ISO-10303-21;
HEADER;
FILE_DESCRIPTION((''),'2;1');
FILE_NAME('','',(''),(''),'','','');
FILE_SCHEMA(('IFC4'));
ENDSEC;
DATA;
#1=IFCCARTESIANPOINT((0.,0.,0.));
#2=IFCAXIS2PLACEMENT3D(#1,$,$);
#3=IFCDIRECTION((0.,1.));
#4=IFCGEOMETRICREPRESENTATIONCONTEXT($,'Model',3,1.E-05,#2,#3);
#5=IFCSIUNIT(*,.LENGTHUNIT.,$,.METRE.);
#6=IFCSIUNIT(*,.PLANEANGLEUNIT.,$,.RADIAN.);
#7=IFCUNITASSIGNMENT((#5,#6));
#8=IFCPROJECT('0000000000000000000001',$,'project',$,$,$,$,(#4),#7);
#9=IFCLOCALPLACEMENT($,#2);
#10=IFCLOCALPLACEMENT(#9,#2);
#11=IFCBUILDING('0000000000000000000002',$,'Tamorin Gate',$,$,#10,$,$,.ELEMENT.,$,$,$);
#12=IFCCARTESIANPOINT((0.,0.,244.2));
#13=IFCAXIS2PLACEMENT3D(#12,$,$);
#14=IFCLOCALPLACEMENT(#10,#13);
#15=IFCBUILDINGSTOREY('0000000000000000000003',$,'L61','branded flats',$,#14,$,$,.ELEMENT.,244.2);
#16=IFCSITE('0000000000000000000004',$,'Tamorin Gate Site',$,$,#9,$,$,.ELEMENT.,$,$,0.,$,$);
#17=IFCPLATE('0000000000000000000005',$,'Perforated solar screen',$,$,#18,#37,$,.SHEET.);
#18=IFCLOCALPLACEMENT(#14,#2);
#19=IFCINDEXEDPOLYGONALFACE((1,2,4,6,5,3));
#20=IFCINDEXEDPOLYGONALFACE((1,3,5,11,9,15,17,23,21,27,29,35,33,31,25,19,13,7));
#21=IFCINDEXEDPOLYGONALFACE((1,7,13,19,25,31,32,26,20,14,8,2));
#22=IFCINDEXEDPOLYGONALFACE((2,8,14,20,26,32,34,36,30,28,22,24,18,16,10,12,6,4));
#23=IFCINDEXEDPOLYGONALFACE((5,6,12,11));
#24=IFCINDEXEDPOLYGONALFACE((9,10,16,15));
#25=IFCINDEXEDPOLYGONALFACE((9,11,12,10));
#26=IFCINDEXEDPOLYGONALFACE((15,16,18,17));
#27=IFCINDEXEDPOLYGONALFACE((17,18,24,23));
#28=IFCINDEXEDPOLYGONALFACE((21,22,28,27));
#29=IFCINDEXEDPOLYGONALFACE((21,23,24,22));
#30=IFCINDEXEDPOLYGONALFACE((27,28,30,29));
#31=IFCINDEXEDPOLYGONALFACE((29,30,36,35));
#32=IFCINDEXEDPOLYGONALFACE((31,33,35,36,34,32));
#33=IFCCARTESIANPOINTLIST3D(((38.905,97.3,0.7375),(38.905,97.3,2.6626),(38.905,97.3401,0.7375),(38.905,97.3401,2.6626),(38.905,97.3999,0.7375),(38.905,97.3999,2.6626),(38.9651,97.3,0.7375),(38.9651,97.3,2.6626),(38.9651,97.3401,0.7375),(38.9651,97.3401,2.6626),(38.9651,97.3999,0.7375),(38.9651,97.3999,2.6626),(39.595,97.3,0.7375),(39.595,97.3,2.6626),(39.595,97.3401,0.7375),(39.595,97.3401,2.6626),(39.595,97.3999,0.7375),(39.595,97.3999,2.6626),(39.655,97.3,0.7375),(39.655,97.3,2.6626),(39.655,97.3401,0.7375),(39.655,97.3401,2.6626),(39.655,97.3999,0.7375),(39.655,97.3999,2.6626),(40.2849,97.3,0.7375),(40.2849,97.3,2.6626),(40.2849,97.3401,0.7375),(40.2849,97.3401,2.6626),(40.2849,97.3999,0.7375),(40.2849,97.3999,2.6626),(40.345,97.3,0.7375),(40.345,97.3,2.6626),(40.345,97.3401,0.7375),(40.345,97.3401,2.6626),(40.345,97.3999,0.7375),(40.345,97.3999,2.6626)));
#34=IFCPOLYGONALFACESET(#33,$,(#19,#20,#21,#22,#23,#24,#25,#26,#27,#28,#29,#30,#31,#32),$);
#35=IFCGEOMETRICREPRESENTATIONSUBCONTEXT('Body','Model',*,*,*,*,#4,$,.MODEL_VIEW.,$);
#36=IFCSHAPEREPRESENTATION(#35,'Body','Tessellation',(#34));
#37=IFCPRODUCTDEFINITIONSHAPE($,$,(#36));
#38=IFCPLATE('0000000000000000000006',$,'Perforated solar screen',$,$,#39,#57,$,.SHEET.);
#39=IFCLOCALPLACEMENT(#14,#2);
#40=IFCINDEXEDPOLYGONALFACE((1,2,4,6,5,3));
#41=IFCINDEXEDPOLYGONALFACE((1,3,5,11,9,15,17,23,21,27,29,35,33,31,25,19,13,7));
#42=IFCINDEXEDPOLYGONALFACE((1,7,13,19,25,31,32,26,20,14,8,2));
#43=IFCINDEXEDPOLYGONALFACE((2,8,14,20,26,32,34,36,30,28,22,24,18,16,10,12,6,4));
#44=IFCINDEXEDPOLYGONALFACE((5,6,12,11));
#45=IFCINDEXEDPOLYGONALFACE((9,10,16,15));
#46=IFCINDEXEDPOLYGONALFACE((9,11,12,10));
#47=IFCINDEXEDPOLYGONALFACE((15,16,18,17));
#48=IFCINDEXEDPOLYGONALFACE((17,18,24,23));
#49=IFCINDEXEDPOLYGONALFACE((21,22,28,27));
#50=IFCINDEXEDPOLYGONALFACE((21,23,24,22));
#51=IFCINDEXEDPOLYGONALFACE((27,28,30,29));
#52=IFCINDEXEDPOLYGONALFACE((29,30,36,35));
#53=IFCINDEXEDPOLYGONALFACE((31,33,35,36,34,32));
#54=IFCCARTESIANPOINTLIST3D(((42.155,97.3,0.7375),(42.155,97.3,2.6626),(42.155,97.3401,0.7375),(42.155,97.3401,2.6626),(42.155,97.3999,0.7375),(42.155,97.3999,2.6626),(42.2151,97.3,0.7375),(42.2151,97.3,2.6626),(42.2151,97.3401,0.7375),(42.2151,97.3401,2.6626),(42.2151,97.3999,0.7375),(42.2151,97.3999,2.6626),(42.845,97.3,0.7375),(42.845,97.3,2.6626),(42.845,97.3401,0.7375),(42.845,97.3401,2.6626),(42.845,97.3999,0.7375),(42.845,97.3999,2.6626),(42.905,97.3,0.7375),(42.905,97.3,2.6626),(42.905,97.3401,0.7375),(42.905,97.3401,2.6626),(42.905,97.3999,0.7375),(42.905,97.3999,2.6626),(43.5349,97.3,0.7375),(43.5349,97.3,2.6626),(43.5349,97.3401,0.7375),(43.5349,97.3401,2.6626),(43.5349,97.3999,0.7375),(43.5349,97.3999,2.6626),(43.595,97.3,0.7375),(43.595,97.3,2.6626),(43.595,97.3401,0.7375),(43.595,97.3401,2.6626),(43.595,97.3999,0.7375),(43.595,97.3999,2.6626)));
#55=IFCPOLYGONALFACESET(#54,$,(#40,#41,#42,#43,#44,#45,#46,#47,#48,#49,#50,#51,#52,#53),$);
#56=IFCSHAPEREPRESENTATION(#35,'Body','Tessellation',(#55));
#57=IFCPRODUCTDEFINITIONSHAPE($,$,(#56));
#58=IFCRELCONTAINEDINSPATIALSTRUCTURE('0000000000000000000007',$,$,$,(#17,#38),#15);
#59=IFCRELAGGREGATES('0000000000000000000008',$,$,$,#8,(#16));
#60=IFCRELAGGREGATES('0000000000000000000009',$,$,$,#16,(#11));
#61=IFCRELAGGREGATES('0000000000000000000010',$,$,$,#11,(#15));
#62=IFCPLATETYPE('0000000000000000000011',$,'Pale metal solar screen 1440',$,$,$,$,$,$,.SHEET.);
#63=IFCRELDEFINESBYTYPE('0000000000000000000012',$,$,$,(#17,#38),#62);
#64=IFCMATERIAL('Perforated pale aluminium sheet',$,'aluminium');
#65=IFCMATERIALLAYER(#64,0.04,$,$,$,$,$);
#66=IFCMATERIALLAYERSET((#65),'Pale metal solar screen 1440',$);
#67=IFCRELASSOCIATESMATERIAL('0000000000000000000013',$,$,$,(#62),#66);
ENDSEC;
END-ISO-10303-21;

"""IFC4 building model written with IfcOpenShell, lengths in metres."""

from ifc_helpers import new_model, si_unit, direction, frame, origin, place, context, subcontext, project, spatial, polyline, outline, extrude, material, layer, layer_set, type_object, element, save


model = new_model("IFC4")

# Units and contexts
model_context = context("Model", 3, precision=1e-05, world=origin(), true_north=direction((0.0, 1.0)))
body_context = subcontext(model_context, "Body", "Model", "MODEL_VIEW")
ifc_project = project(units=[si_unit("LENGTHUNIT", "METRE"), si_unit("PLANEANGLEUNIT", "RADIAN")], contexts=[model_context])

# Site, building, storey
site_placement = place(None, origin())
site = spatial("IfcSite", under=ifc_project, at=site_placement, Name="Tamorin Gate Site", CompositionType="ELEMENT", RefElevation=0.0)
building_placement = place(site_placement, origin())
building = spatial("IfcBuilding", under=site, at=building_placement, Name="Tamorin Gate", CompositionType="ELEMENT")
storey_placement = place(building_placement, frame((0.0, 0.0, 244.2)))
storey = spatial("IfcBuildingStorey", under=building, at=storey_placement, Name="L61", Description="branded flats", CompositionType="ELEMENT", Elevation=244.2)

# Plates
ifc_material_1 = material(Name="Perforated pale aluminium sheet", Category="aluminium")
ifc_layer_1 = layer(ifc_material_1, 0.04)
ifc_layer_set_1 = layer_set([ifc_layer_1], Name="Pale metal solar screen 1440")
plate_type = type_object("IfcPlateType", Name="Pale metal solar screen 1440", PredefinedType="SHEET", material=ifc_layer_set_1)
plate_1_placement = place(storey_placement, frame((0.0, 0.0, 0.7375)))
element("IfcPlate", 1, at=plate_1_placement, inside=storey, type_object=plate_type, Name="Perforated solar screen", PredefinedType="SHEET", context=body_context, shape_type="SweptSolid", body=[
    extrude(outline(polyline([(40.345, 97.3401), (40.345, 97.3), (40.2849, 97.3), (39.655, 97.3), (39.595, 97.3), (38.9651, 97.3), (38.905, 97.3), (38.905, 97.3401), (38.905, 97.3999), (38.9651, 97.3999), (38.9651, 97.3401), (39.595, 97.3401), (39.595, 97.3999), (39.655, 97.3999), (39.655, 97.3401), (40.2849, 97.3401), (40.2849, 97.3999), (40.345, 97.3999), (40.345, 97.3401)])), origin(), (0.0, 0.0, 1.0), 1.925),
])
plate_2_placement = place(storey_placement, frame((0.0, 0.0, 0.7375)))
element("IfcPlate", 2, at=plate_2_placement, inside=storey, type_object=plate_type, Name="Perforated solar screen", PredefinedType="SHEET", context=body_context, shape_type="SweptSolid", body=[
    extrude(outline(polyline([(43.595, 97.3401), (43.595, 97.3), (43.5349, 97.3), (42.905, 97.3), (42.845, 97.3), (42.2151, 97.3), (42.155, 97.3), (42.155, 97.3401), (42.155, 97.3999), (42.2151, 97.3999), (42.2151, 97.3401), (42.845, 97.3401), (42.845, 97.3999), (42.905, 97.3999), (42.905, 97.3401), (43.5349, 97.3401), (43.5349, 97.3999), (43.595, 97.3999), (43.595, 97.3401)])), origin(), (0.0, 0.0, 1.0), 1.925),
])

save(model, "model.ifc")
